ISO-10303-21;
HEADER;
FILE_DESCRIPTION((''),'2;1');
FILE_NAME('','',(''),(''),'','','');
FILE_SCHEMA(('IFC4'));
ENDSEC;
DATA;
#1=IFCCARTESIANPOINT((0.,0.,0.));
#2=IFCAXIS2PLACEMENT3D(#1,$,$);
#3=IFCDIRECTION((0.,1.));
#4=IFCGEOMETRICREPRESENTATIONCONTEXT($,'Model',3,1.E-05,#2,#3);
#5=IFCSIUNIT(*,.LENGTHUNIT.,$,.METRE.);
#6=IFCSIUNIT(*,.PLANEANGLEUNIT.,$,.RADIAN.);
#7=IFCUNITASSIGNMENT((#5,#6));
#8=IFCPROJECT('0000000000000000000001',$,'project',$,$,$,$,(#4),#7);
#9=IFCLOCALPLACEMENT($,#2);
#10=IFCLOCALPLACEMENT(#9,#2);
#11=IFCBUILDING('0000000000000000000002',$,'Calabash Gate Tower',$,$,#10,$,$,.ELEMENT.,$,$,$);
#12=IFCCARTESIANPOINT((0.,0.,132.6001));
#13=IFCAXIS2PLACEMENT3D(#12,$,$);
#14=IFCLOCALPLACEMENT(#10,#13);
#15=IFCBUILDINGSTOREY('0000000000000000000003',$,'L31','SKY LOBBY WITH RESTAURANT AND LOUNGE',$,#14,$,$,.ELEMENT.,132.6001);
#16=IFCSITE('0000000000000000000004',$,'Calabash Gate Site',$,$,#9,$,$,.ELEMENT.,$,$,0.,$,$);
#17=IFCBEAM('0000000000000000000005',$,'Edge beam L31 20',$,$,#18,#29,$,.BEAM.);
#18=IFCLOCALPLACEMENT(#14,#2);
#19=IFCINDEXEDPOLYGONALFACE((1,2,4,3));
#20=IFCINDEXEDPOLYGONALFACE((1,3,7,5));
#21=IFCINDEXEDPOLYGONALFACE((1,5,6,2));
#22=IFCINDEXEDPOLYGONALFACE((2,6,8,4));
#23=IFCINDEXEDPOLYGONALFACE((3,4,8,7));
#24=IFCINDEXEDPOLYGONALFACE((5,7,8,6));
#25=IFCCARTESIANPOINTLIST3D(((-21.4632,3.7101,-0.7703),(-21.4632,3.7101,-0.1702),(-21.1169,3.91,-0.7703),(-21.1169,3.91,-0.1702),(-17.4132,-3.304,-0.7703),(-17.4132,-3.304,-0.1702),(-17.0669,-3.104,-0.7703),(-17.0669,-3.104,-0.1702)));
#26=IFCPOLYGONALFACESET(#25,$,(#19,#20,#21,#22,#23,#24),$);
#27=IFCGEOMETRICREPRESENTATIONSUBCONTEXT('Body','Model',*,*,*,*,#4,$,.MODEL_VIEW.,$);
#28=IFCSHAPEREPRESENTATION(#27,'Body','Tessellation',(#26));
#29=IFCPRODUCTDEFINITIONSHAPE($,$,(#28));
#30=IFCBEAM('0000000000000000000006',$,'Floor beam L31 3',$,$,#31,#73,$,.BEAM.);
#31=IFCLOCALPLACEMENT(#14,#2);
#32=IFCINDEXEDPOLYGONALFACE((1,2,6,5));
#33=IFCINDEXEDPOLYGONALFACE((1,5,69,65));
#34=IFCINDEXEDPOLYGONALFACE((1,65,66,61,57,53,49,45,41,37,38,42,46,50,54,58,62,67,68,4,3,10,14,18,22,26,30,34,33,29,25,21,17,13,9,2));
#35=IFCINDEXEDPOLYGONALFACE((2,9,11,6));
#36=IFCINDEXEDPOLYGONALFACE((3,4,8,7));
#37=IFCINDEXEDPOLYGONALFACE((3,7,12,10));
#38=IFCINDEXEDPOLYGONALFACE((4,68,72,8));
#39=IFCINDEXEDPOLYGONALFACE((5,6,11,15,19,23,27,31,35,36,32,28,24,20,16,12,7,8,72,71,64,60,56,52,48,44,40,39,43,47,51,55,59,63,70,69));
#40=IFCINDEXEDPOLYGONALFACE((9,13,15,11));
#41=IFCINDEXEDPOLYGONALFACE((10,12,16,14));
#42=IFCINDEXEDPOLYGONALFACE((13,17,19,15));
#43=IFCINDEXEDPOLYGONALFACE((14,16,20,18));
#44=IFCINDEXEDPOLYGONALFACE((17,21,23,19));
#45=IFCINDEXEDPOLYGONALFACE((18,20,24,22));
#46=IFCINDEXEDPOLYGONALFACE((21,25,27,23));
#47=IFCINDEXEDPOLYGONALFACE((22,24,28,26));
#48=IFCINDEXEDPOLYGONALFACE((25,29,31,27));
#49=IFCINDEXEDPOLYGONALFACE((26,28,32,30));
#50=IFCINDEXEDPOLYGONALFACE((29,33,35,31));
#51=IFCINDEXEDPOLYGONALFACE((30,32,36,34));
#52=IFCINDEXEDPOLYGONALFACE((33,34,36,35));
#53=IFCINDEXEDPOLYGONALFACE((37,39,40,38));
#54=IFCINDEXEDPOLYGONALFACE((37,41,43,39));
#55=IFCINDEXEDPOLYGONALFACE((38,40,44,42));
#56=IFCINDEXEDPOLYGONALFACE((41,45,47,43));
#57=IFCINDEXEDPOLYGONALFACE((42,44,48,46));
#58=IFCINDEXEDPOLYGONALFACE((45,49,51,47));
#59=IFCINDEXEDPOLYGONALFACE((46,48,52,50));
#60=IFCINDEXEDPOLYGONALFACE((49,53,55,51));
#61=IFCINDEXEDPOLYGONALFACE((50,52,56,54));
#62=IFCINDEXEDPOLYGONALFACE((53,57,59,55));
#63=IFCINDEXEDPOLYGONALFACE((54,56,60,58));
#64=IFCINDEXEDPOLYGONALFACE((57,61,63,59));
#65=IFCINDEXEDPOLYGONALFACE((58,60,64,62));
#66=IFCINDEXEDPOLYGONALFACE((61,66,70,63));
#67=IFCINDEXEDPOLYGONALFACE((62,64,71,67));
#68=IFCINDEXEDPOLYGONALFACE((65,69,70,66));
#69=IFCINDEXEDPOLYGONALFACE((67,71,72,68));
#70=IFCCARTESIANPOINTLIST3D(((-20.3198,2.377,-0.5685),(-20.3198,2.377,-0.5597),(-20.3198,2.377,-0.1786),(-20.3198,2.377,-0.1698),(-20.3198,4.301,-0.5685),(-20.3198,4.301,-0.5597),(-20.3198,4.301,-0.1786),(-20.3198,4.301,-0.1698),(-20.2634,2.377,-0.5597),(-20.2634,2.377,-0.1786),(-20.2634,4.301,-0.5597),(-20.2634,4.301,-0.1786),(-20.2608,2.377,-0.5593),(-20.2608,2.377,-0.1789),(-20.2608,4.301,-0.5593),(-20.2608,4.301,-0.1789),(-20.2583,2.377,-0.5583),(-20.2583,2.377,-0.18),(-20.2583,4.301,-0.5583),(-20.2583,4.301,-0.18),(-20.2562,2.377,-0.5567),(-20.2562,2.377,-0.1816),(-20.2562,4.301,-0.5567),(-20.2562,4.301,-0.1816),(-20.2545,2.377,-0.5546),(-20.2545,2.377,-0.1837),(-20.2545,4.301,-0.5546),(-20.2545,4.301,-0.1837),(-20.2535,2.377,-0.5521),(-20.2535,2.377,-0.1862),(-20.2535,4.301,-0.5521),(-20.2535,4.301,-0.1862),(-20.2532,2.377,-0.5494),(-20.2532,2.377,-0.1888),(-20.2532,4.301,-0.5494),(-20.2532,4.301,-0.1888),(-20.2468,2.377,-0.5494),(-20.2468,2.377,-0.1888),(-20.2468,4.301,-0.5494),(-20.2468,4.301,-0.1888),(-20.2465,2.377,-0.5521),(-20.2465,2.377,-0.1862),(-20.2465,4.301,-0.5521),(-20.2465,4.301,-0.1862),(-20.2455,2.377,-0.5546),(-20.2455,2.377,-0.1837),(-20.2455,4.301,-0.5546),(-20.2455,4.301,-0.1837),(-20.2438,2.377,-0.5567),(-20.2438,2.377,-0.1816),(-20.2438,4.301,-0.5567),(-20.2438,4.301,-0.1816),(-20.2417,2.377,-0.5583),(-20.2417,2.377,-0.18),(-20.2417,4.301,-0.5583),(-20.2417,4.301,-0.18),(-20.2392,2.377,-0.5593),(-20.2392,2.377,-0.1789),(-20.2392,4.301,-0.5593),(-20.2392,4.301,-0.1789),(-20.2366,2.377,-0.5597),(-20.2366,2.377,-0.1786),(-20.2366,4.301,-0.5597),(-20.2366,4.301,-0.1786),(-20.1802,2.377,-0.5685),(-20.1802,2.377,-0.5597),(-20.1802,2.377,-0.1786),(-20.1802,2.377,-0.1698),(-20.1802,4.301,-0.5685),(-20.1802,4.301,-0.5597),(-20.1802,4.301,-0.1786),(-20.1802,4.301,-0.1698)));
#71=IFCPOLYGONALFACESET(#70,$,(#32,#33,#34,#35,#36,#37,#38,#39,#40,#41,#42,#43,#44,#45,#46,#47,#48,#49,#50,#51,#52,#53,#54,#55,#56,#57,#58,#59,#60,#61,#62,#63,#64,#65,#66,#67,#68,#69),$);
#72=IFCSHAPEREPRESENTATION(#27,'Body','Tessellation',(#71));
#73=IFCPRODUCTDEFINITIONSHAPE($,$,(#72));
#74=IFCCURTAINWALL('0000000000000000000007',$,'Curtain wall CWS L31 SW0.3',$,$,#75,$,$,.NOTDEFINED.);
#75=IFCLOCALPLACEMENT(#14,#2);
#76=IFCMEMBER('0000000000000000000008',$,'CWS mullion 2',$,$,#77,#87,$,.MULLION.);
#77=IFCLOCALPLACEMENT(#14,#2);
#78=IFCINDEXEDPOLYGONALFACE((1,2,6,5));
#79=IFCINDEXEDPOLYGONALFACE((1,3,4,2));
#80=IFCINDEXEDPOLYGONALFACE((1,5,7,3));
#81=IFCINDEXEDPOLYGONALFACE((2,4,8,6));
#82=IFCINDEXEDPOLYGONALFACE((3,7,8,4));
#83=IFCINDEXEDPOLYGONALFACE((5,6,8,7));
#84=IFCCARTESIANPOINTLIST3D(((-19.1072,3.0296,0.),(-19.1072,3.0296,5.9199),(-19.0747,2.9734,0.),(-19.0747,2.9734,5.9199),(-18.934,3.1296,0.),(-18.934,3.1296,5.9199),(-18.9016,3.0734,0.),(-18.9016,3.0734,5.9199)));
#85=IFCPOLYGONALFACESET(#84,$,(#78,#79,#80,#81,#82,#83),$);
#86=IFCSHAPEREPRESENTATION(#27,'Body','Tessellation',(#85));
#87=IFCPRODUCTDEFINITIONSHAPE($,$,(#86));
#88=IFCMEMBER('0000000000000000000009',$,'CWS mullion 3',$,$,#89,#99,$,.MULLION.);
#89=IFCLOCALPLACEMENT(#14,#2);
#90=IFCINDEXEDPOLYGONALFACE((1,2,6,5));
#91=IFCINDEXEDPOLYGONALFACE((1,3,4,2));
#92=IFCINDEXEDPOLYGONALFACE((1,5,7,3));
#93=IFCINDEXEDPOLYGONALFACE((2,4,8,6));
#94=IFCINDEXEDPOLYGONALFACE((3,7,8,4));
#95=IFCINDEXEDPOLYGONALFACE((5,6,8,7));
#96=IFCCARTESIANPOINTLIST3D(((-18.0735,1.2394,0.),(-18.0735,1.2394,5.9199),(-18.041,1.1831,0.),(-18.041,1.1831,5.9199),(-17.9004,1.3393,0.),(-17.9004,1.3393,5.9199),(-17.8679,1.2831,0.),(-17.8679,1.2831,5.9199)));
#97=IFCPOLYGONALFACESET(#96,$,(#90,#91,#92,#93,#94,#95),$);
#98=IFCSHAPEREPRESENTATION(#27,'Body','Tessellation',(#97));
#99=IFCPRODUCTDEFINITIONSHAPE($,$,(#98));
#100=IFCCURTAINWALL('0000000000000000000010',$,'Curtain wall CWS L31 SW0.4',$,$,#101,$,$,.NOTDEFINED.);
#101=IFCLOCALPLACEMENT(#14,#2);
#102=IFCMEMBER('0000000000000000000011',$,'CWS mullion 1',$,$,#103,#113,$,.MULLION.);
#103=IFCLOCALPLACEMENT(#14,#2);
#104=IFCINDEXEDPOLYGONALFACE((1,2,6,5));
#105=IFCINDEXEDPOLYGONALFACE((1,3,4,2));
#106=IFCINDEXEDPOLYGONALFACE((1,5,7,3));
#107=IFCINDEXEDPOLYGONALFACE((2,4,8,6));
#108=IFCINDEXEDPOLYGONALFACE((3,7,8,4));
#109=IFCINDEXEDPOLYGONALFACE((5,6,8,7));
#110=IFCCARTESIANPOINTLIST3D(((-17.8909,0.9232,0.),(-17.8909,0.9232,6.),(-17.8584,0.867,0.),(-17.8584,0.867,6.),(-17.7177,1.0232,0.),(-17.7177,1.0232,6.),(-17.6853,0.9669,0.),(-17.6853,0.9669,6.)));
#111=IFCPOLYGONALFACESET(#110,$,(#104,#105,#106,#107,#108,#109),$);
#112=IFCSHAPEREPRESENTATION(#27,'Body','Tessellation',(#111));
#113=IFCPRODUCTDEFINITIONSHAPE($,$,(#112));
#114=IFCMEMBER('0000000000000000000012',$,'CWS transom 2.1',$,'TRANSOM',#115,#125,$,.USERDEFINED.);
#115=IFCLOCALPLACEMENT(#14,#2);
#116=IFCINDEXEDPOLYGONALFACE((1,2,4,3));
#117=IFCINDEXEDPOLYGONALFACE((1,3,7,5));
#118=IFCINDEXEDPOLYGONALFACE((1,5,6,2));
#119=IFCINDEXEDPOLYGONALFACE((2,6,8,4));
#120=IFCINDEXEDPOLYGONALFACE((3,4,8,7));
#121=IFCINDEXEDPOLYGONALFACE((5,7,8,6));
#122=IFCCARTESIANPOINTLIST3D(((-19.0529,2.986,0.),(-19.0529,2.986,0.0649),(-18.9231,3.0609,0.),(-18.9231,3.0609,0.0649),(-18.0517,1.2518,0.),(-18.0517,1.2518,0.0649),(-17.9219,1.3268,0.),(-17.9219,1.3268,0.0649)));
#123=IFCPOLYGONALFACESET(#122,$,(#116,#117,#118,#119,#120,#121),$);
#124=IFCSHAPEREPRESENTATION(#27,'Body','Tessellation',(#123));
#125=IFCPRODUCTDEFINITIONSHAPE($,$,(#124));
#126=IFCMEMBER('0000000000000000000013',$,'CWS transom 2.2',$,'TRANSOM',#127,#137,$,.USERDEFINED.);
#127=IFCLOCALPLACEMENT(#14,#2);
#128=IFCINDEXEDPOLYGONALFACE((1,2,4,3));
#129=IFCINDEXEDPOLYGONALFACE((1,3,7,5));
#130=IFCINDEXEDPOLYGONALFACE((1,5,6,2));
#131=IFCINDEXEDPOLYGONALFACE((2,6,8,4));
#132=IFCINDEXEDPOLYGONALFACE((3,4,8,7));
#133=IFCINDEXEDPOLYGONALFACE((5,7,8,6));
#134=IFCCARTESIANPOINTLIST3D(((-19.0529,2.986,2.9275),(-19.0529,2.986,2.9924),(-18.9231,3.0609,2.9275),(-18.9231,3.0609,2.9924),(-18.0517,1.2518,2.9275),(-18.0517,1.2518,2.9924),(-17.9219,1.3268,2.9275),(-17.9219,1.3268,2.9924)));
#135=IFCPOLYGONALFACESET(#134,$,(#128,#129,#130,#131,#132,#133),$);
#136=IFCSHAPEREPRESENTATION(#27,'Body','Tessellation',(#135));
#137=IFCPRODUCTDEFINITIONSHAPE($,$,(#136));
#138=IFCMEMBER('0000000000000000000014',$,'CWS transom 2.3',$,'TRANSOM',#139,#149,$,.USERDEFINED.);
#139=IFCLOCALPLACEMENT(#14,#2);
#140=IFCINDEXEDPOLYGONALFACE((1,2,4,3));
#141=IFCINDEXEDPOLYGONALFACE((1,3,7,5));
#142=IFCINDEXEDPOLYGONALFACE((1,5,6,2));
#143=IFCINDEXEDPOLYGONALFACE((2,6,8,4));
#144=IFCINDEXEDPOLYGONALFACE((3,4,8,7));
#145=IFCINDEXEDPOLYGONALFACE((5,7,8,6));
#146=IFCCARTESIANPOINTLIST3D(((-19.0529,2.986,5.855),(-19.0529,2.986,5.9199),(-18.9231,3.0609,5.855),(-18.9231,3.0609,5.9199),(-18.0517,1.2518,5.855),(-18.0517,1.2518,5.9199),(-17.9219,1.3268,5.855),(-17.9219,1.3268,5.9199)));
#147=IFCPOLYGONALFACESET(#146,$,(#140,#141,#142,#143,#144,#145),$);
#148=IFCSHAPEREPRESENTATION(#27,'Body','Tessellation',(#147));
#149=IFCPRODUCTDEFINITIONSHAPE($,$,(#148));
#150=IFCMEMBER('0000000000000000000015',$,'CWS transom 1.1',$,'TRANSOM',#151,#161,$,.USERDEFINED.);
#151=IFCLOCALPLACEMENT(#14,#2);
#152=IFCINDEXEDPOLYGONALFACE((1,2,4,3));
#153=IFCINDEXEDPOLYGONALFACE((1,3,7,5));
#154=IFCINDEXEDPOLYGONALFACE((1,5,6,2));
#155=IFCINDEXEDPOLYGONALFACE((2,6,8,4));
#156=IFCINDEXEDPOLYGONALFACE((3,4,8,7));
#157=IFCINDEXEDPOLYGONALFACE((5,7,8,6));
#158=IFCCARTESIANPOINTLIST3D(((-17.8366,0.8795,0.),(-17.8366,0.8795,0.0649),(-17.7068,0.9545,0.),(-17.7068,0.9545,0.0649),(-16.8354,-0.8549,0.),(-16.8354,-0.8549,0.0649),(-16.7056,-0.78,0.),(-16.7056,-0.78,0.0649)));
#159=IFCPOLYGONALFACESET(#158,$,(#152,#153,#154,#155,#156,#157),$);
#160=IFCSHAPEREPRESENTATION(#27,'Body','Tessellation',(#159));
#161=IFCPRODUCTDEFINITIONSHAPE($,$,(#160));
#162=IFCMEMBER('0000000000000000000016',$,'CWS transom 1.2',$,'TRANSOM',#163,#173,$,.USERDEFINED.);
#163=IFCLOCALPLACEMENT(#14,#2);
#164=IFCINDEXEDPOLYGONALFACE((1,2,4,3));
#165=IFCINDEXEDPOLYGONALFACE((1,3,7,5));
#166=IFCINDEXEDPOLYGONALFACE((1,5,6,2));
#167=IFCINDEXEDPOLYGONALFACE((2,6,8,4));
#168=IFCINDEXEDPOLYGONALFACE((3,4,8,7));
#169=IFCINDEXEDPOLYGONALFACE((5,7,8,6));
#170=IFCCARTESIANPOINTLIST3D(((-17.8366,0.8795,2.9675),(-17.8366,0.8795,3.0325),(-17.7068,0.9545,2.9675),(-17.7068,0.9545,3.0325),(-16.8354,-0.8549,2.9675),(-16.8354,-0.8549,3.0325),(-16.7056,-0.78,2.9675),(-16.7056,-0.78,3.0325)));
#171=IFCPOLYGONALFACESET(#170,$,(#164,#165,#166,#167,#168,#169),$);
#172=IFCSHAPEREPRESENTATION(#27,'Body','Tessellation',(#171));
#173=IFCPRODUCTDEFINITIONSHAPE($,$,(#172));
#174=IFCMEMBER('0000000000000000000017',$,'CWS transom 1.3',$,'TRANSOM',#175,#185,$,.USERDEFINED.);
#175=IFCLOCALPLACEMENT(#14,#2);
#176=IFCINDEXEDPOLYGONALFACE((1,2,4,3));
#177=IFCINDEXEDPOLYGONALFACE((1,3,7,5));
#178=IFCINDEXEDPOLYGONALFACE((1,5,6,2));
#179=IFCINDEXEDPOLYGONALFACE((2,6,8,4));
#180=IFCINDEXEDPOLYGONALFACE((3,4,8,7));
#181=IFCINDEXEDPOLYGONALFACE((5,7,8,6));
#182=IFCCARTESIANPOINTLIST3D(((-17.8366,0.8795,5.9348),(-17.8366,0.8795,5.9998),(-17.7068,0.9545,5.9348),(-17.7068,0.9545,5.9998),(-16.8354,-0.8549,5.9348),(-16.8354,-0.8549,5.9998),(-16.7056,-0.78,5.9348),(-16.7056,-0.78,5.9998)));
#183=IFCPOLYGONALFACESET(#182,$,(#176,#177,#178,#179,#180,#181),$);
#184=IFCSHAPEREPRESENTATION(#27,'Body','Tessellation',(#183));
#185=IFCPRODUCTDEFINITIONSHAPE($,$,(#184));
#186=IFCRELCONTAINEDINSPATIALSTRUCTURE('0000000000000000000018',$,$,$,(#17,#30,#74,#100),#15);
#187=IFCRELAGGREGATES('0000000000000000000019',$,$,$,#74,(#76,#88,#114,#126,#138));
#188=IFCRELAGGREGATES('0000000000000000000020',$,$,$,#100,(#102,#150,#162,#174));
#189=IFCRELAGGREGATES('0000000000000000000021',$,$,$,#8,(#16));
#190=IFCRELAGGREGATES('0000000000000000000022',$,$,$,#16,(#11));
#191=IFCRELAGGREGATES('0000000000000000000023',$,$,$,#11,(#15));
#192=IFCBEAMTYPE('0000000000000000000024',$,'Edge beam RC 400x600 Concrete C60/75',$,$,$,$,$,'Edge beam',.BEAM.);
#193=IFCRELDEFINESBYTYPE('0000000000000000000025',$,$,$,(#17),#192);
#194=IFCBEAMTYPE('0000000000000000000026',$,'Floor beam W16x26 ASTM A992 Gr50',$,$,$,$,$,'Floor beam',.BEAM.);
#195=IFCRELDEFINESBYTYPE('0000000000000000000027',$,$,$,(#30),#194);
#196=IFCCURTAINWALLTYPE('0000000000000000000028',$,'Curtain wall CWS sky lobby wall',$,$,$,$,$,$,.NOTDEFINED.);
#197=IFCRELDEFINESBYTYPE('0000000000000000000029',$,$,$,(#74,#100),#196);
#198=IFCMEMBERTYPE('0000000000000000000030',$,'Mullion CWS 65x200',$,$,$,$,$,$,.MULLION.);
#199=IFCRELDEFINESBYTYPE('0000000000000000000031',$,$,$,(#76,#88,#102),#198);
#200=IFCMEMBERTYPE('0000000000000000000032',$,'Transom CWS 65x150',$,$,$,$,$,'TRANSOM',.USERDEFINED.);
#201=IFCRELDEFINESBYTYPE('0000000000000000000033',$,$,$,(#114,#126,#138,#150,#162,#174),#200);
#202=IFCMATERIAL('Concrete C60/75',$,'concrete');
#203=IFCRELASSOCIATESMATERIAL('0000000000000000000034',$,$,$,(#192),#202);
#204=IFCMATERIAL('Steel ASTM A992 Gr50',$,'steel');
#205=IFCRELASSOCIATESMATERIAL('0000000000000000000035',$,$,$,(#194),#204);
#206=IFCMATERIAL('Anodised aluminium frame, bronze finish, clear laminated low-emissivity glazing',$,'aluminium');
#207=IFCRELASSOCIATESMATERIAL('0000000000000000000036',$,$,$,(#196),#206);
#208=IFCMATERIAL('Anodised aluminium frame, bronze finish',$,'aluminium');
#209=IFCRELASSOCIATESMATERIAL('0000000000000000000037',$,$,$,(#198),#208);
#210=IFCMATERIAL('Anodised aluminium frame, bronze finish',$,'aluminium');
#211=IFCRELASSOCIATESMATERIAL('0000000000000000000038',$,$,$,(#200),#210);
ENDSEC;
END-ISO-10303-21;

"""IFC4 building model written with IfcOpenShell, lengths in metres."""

from ifc_helpers import new_model, si_unit, direction, frame, origin, origin_2d, place, context, subcontext, project, spatial, rectangle, i_section, extrude, material, material_profile, profile_set, type_object, element, aggregate, save


model = new_model("IFC4")

# Units and contexts
model_context = context("Model", 3, precision=1e-05, world=origin(), true_north=direction((0.0, 1.0)))
body_context = subcontext(model_context, "Body", "Model", "MODEL_VIEW")
ifc_project = project(units=[si_unit("LENGTHUNIT", "METRE"), si_unit("PLANEANGLEUNIT", "RADIAN")], contexts=[model_context])

# Site, building, storey
site_placement = place(None, origin())
site = spatial("IfcSite", under=ifc_project, at=site_placement, Name="Calabash Gate Site", CompositionType="ELEMENT", RefElevation=0.0)
building_placement = place(site_placement, origin())
building = spatial("IfcBuilding", under=site, at=building_placement, Name="Calabash Gate Tower", CompositionType="ELEMENT")
storey_placement = place(building_placement, frame((0.0, 0.0, 132.6001)))
storey = spatial("IfcBuildingStorey", under=building, at=storey_placement, Name="L31", Description="SKY LOBBY WITH RESTAURANT AND LOUNGE", CompositionType="ELEMENT", Elevation=132.6001)

# Beams
ifc_material_1 = material(Name="Concrete C60/75", Category="concrete")
ifc_material_profile_1 = material_profile(ifc_material_1, rectangle(XDim=0.3999, YDim=0.6001, at=origin_2d()))
ifc_profile_set_1 = profile_set([ifc_material_profile_1], Name="Concrete C60/75")
beam_type_1 = type_object("IfcBeamType", Name="Edge beam RC 400x600 Concrete C60/75", ElementType="Edge beam", PredefinedType="BEAM", material=ifc_profile_set_1)
beam_1_placement = place(storey_placement, frame((-21.29, 3.8101, -0.4702), z_axis=(0.500039, -0.866003, 0.0), x_axis=(0.866003, 0.500039, 0.0)))
element("IfcBeam", 1, at=beam_1_placement, inside=storey, type_object=beam_type_1, Name="Edge beam L31 20", PredefinedType="BEAM", context=body_context, shape_type="SweptSolid", body=[
    extrude(rectangle(XDim=0.3999, YDim=0.6001, at=origin_2d()), origin(), (0.0, 0.0, 1.0), 8.0994),
])
ifc_material_2 = material(Name="Steel ASTM A992 Gr50", Category="steel")
ifc_material_profile_2 = material_profile(ifc_material_2, i_section(OverallWidth=0.1396, OverallDepth=0.3987, WebThickness=0.0063, FlangeThickness=0.0088, FilletRadius=0.0103, at=origin_2d()))
ifc_profile_set_2 = profile_set([ifc_material_profile_2], Name="Steel ASTM A992 Gr50")
beam_type_2 = type_object("IfcBeamType", Name="Floor beam W16x26 ASTM A992 Gr50", ElementType="Floor beam", PredefinedType="BEAM", material=ifc_profile_set_2)
beam_2_placement = place(storey_placement, frame((-20.25, 2.377, -0.3691), z_axis=(0.0, 1.0, 0.0), x_axis=(-1.0, 0.0, 0.0)))
element("IfcBeam", 2, at=beam_2_placement, inside=storey, type_object=beam_type_2, Name="Floor beam L31 3", PredefinedType="BEAM", context=body_context, shape_type="SweptSolid", body=[
    extrude(i_section(OverallWidth=0.1396, OverallDepth=0.3987, WebThickness=0.0063, FlangeThickness=0.0088, FilletRadius=0.0103, at=origin_2d()), origin(), (0.0, 0.0, 1.0), 1.9241),
])

# Curtain wall, members
ifc_material_3 = material(Name="Anodised aluminium frame, bronze finish, clear laminated low-emissivity glazing", Category="aluminium")
curtain_wall_type = type_object("IfcCurtainWallType", Name="Curtain wall CWS sky lobby wall", PredefinedType="NOTDEFINED", material=ifc_material_3)
curtain_wall_1_placement = place(storey_placement, origin())
curtain_wall_1 = element("IfcCurtainWall", 3, at=curtain_wall_1_placement, inside=storey, type_object=curtain_wall_type, Name="Curtain wall CWS L31 SW0.3", PredefinedType="NOTDEFINED")
ifc_material_4 = material(Name="Anodised aluminium frame, bronze finish", Category="aluminium")
ifc_material_profile_3 = material_profile(ifc_material_4, rectangle(XDim=0.2, YDim=0.0649, at=origin_2d()))
ifc_profile_set_3 = profile_set([ifc_material_profile_3], Name="Anodised aluminium frame, bronze finish")
member_type_1 = type_object("IfcMemberType", Name="Mullion CWS 65x200", PredefinedType="MULLION", material=ifc_profile_set_3)
member_1_placement = place(storey_placement, frame((-19.0044, 3.0515, 0.0), z_axis=(0.0, 0.0, 1.0), x_axis=(0.866025, 0.5, 0.0)))
member_1 = element("IfcMember", 4, at=member_1_placement, type_object=member_type_1, Name="CWS mullion 2", PredefinedType="MULLION", context=body_context, shape_type="SweptSolid", body=[
    extrude(rectangle(XDim=0.2, YDim=0.0649, at=origin_2d()), origin(), (0.0, 0.0, 1.0), 5.9199),
])
member_2_placement = place(storey_placement, frame((-17.9707, 1.2612, 0.0), z_axis=(0.0, 0.0, 1.0), x_axis=(0.866025, 0.5, 0.0)))
member_2 = element("IfcMember", 5, at=member_2_placement, type_object=member_type_1, Name="CWS mullion 3", PredefinedType="MULLION", context=body_context, shape_type="SweptSolid", body=[
    extrude(rectangle(XDim=0.2, YDim=0.0649, at=origin_2d()), origin(), (0.0, 0.0, 1.0), 5.9199),
])

# Curtain wall, member
curtain_wall_2_placement = place(storey_placement, origin())
curtain_wall_2 = element("IfcCurtainWall", 6, at=curtain_wall_2_placement, inside=storey, type_object=curtain_wall_type, Name="Curtain wall CWS L31 SW0.4", PredefinedType="NOTDEFINED")
member_3_placement = place(storey_placement, frame((-17.7881, 0.9451, 0.0), z_axis=(0.0, 0.0, 1.0), x_axis=(0.866025, 0.5, 0.0)))
member_3 = element("IfcMember", 7, at=member_3_placement, type_object=member_type_1, Name="CWS mullion 1", PredefinedType="MULLION", context=body_context, shape_type="SweptSolid", body=[
    extrude(rectangle(XDim=0.2, YDim=0.0649, at=origin_2d()), origin(), (0.0, 0.0, 1.0), 6.0),
])

# Members
ifc_material_5 = material(Name="Anodised aluminium frame, bronze finish", Category="aluminium")
ifc_material_profile_4 = material_profile(ifc_material_5, rectangle(XDim=0.1499, YDim=0.0649, at=origin_2d()))
ifc_profile_set_4 = profile_set([ifc_material_profile_4], Name="Anodised aluminium frame, bronze finish")
member_type_2 = type_object("IfcMemberType", Name="Transom CWS 65x150", ElementType="TRANSOM", PredefinedType="USERDEFINED", material=ifc_profile_set_4)
member_4_placement = place(storey_placement, frame((-18.988, 3.0234, 0.0325), z_axis=(0.500007, -0.866021, 0.0), x_axis=(0.866021, 0.500007, 0.0)))
member_4 = element("IfcMember", 8, at=member_4_placement, type_object=member_type_2, Name="CWS transom 2.1", ObjectType="TRANSOM", PredefinedType="USERDEFINED", context=body_context, shape_type="SweptSolid", body=[
    extrude(rectangle(XDim=0.1499, YDim=0.0649, at=origin_2d()), origin(), (0.0, 0.0, 1.0), 2.0024),
])
member_5_placement = place(storey_placement, frame((-18.988, 3.0234, 2.96), z_axis=(0.500007, -0.866021, 0.0), x_axis=(0.866021, 0.500007, 0.0)))
member_5 = element("IfcMember", 9, at=member_5_placement, type_object=member_type_2, Name="CWS transom 2.2", ObjectType="TRANSOM", PredefinedType="USERDEFINED", context=body_context, shape_type="SweptSolid", body=[
    extrude(rectangle(XDim=0.1499, YDim=0.0649, at=origin_2d()), origin(), (0.0, 0.0, 1.0), 2.0024),
])
member_6_placement = place(storey_placement, frame((-18.988, 3.0234, 5.8875), z_axis=(0.500007, -0.866021, 0.0), x_axis=(0.866021, 0.500007, 0.0)))
member_6 = element("IfcMember", 10, at=member_6_placement, type_object=member_type_2, Name="CWS transom 2.3", ObjectType="TRANSOM", PredefinedType="USERDEFINED", context=body_context, shape_type="SweptSolid", body=[
    extrude(rectangle(XDim=0.1499, YDim=0.0649, at=origin_2d()), origin(), (0.0, 0.0, 1.0), 2.0024),
])
member_7_placement = place(storey_placement, frame((-17.7717, 0.917, 0.0325), z_axis=(0.499955, -0.866052, 0.0), x_axis=(0.866052, 0.499955, 0.0)))
member_7 = element("IfcMember", 11, at=member_7_placement, type_object=member_type_2, Name="CWS transom 1.1", ObjectType="TRANSOM", PredefinedType="USERDEFINED", context=body_context, shape_type="SweptSolid", body=[
    extrude(rectangle(XDim=0.1499, YDim=0.0649, at=origin_2d()), origin(), (0.0, 0.0, 1.0), 2.0027),
])
member_8_placement = place(storey_placement, frame((-17.7717, 0.917, 3.0), z_axis=(0.499955, -0.866052, 0.0), x_axis=(0.866052, 0.499955, 0.0)))
member_8 = element("IfcMember", 12, at=member_8_placement, type_object=member_type_2, Name="CWS transom 1.2", ObjectType="TRANSOM", PredefinedType="USERDEFINED", context=body_context, shape_type="SweptSolid", body=[
    extrude(rectangle(XDim=0.1499, YDim=0.0649, at=origin_2d()), origin(), (0.0, 0.0, 1.0), 2.0027),
])
member_9_placement = place(storey_placement, frame((-17.7717, 0.917, 5.9673), z_axis=(0.499955, -0.866052, 0.0), x_axis=(0.866052, 0.499955, 0.0)))
member_9 = element("IfcMember", 13, at=member_9_placement, type_object=member_type_2, Name="CWS transom 1.3", ObjectType="TRANSOM", PredefinedType="USERDEFINED", context=body_context, shape_type="SweptSolid", body=[
    extrude(rectangle(XDim=0.1499, YDim=0.0649, at=origin_2d()), origin(), (0.0, 0.0, 1.0), 2.0027),
])

aggregate(curtain_wall_1, [member_1, member_2, member_4, member_5, member_6])
aggregate(curtain_wall_2, [member_3, member_7, member_8, member_9])

save(model, "model.ifc")
